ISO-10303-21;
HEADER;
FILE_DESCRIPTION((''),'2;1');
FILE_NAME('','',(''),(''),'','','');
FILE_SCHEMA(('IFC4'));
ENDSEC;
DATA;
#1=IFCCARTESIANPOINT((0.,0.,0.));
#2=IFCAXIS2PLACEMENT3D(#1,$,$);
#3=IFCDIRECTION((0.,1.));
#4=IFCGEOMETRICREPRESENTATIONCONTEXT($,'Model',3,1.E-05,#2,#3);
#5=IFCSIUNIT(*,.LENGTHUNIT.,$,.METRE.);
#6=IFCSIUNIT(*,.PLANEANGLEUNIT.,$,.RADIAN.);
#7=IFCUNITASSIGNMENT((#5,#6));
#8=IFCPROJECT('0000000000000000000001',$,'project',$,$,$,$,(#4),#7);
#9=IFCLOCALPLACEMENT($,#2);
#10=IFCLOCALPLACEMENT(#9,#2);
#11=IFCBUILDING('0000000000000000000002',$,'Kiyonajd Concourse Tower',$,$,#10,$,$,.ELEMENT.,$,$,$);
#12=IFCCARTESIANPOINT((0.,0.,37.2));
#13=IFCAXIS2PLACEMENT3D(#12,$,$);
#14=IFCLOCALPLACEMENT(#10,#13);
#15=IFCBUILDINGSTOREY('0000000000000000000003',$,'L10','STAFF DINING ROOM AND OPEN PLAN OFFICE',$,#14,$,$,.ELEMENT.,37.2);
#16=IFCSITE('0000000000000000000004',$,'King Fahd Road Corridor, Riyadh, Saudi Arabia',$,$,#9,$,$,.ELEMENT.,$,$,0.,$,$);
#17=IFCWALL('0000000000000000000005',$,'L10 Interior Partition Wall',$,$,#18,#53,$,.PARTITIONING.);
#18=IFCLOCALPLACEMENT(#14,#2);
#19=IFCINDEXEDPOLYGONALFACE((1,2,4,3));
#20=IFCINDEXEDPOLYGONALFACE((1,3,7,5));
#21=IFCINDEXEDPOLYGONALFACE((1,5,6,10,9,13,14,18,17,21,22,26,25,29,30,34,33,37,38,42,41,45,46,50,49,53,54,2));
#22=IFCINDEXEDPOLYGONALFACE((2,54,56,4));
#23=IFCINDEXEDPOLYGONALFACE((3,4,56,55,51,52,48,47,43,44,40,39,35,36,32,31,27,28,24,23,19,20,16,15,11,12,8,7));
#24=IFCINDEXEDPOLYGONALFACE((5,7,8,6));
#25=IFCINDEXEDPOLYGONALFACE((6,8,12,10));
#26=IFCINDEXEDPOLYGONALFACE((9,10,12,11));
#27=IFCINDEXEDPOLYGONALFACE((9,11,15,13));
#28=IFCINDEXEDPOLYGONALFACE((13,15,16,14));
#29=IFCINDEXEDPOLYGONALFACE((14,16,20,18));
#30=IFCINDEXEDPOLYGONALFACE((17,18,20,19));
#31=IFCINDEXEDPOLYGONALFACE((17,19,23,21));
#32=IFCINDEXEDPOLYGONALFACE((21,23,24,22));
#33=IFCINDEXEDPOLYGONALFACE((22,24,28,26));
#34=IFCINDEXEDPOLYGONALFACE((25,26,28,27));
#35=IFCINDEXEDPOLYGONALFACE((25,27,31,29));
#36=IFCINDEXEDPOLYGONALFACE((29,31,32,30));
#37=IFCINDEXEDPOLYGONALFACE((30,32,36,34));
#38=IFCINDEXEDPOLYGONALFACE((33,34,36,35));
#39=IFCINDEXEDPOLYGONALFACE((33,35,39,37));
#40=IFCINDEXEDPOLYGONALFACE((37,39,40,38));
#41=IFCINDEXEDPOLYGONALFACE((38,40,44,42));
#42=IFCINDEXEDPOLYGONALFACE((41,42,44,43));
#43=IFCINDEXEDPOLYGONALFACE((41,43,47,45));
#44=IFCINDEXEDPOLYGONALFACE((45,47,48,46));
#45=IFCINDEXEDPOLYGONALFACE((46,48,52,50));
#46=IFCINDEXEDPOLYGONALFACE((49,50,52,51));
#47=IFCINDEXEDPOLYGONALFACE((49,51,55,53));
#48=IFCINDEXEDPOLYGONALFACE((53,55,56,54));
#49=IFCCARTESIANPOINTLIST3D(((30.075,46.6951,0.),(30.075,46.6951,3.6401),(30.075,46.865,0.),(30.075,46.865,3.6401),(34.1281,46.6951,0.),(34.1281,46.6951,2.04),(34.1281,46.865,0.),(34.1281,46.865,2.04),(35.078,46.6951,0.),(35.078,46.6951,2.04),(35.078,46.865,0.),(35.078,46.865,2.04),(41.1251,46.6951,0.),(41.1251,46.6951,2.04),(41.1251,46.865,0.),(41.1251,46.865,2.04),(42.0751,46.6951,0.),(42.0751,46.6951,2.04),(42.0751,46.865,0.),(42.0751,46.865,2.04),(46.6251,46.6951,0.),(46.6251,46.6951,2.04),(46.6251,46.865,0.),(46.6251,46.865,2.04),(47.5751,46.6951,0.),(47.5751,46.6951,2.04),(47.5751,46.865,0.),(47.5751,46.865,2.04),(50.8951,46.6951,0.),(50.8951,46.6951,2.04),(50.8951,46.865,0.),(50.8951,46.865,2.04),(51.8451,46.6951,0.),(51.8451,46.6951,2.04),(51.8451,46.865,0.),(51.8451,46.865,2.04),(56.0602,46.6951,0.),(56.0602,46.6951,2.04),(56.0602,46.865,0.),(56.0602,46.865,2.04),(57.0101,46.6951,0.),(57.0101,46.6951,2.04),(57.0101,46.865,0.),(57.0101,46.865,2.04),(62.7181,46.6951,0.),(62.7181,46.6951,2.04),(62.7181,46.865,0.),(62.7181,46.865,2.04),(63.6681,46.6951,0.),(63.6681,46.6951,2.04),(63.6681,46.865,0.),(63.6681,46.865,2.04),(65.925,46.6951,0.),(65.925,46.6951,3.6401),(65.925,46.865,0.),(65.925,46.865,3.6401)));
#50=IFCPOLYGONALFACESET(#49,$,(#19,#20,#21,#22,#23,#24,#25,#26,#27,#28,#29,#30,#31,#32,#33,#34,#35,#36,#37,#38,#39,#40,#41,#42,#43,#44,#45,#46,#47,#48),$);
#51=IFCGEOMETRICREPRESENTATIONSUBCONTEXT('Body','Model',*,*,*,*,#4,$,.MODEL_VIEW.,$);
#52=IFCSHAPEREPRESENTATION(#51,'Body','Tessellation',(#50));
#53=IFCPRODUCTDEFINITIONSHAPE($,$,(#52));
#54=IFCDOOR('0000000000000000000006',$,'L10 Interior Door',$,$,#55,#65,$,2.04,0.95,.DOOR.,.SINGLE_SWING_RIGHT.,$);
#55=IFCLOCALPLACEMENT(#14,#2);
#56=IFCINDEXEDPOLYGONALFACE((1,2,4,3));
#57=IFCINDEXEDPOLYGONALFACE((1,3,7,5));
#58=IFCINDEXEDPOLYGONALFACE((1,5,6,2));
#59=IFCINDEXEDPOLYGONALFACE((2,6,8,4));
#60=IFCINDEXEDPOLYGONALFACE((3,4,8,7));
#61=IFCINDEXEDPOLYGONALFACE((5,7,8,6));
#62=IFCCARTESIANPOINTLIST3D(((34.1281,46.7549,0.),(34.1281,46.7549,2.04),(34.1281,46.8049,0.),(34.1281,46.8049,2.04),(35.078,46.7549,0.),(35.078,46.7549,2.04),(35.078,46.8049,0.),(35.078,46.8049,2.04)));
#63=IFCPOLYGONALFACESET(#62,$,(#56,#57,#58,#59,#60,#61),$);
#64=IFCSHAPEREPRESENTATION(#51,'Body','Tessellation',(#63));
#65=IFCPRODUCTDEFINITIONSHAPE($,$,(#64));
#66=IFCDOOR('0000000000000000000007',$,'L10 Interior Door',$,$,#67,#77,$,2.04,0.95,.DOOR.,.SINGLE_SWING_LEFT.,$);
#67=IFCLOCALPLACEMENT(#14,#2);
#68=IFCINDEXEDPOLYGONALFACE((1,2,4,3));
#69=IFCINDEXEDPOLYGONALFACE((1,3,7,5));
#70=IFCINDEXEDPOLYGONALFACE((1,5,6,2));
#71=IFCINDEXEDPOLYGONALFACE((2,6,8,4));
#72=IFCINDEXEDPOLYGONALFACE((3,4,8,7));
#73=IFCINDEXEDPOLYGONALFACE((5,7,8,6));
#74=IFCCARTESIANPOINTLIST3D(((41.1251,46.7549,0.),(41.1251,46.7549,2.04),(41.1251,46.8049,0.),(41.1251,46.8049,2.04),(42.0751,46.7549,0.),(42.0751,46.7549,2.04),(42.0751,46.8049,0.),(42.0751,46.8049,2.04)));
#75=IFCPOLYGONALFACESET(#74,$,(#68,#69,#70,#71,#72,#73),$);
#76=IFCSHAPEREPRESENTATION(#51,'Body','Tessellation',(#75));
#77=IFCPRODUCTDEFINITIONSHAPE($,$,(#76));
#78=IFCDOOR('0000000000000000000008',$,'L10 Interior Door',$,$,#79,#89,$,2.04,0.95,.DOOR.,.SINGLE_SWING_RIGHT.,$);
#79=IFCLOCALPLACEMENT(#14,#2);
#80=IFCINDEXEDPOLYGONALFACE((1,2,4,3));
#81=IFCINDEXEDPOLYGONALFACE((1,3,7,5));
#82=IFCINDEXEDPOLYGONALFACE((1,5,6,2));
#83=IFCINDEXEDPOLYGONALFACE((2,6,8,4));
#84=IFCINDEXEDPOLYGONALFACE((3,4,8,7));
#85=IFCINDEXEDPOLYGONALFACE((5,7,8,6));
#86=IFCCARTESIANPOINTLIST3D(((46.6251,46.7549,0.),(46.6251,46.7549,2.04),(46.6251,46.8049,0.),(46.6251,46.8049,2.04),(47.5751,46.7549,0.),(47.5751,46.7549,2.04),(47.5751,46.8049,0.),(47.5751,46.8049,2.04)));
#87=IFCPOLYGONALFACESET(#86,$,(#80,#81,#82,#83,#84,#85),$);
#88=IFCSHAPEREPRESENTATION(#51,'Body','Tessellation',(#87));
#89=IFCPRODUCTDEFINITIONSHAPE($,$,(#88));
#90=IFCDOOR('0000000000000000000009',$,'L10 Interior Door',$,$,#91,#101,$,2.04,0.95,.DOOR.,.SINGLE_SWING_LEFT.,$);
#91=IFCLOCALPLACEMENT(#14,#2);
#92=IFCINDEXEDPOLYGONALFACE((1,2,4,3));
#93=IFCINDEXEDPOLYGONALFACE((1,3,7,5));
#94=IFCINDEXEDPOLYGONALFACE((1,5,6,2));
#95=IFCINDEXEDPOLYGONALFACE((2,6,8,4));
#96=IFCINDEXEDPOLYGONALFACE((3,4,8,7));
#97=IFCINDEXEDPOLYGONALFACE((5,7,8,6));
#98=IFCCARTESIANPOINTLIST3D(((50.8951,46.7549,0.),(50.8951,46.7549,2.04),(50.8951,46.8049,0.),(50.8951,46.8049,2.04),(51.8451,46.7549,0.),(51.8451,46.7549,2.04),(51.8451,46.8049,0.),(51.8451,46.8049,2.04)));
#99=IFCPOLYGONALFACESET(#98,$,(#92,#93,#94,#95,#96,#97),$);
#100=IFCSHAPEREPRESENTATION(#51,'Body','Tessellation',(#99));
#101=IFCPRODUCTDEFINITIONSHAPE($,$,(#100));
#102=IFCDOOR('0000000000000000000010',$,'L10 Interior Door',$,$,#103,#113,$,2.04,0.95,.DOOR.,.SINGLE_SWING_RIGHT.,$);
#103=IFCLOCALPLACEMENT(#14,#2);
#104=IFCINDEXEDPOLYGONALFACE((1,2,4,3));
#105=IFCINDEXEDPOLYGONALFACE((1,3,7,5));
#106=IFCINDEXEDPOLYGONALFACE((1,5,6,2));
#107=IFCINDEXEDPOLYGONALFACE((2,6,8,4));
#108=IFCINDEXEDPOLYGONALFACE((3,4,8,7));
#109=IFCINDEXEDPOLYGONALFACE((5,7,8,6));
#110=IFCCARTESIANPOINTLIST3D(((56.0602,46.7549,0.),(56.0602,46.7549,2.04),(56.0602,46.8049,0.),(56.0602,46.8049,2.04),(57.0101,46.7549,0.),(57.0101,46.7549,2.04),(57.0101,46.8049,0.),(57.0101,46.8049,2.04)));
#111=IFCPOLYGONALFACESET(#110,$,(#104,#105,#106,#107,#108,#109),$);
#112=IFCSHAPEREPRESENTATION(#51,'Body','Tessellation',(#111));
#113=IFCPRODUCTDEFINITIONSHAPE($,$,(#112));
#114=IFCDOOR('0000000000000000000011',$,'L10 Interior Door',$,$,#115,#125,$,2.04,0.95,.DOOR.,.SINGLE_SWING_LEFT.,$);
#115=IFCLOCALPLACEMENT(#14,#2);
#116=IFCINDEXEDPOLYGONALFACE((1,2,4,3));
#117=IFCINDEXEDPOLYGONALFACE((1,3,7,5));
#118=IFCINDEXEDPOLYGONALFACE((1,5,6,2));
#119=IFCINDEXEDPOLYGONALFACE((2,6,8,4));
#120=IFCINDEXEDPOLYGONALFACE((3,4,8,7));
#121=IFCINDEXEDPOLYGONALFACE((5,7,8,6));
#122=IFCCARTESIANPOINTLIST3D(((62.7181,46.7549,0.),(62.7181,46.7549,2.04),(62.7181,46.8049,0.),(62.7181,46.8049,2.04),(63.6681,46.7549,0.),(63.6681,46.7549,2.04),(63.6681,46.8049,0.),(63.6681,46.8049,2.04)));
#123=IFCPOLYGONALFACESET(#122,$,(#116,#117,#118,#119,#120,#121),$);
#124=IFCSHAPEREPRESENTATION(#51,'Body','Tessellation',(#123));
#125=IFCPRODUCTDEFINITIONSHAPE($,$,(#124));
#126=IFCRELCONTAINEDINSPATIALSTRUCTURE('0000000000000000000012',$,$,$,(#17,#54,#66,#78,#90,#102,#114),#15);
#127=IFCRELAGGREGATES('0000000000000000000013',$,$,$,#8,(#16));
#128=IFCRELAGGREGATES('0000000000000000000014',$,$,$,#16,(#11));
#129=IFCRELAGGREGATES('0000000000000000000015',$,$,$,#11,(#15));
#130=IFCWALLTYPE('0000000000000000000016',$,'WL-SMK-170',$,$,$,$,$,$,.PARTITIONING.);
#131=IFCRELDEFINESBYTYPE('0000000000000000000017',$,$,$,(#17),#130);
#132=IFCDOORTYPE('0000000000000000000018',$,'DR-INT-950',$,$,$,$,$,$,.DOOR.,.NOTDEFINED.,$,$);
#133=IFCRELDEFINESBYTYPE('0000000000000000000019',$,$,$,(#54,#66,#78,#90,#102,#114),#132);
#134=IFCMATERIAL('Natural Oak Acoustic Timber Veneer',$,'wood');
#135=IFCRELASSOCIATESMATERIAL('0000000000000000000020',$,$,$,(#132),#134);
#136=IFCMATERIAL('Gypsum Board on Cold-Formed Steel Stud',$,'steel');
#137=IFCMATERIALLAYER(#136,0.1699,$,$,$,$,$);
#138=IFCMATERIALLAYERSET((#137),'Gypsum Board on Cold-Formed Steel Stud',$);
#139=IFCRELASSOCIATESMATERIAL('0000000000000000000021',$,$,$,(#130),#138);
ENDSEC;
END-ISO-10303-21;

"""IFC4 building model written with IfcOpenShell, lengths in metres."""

from ifc_helpers import new_model, si_unit, direction, frame, frame_2d, origin, place, context, subcontext, project, spatial, rectangle, extrude, material, layer, layer_set, type_object, element, fill, save


model = new_model("IFC4")

# Units and contexts
model_context = context("Model", 3, precision=1e-05, world=origin(), true_north=direction((0.0, 1.0)))
body_context = subcontext(model_context, "Body", "Model", "MODEL_VIEW")
ifc_project = project(units=[si_unit("LENGTHUNIT", "METRE"), si_unit("PLANEANGLEUNIT", "RADIAN")], contexts=[model_context])

# Site, building, storey
site_placement = place(None, origin())
site = spatial("IfcSite", under=ifc_project, at=site_placement, Name="King Fahd Road Corridor, Riyadh, Saudi Arabia", CompositionType="ELEMENT", RefElevation=0.0)
building_placement = place(site_placement, origin())
building = spatial("IfcBuilding", under=site, at=building_placement, Name="Kiyonajd Concourse Tower", CompositionType="ELEMENT")
storey_placement = place(building_placement, frame((0.0, 0.0, 37.2)))
storey = spatial("IfcBuildingStorey", under=building, at=storey_placement, Name="L10", Description="STAFF DINING ROOM AND OPEN PLAN OFFICE", CompositionType="ELEMENT", Elevation=37.2)

# Shared definitions
ifc_material_1 = material(Name="Natural Oak Acoustic Timber Veneer", Category="wood")
door_type_1 = type_object("IfcDoorType", Name="DR-INT-950", OperationType="NOTDEFINED", PredefinedType="DOOR", material=ifc_material_1)

# Shared definitions
ifc_material_2 = material(Name="Gypsum Board on Cold-Formed Steel Stud", Category="steel")

# Wall, openings, doors
ifc_layer_1 = layer(ifc_material_2, 0.1699)
ifc_layer_set_1 = layer_set([ifc_layer_1], Name="Gypsum Board on Cold-Formed Steel Stud")
wall_type_1 = type_object("IfcWallType", Name="WL-SMK-170", PredefinedType="PARTITIONING", material=ifc_layer_set_1)
wall_1_placement = place(storey_placement, frame((30.075, 46.78, 0.0), z_axis=(0.0, 0.0, 1.0), x_axis=(1.0, 0.0, 0.0)))
wall_1 = element("IfcWall", 1, at=wall_1_placement, inside=storey, type_object=wall_type_1, Name="L10 Interior Partition Wall", PredefinedType="PARTITIONING", context=body_context, shape_type="SweptSolid", body=[
    extrude(rectangle(XDim=35.8501, YDim=0.1699, at=frame_2d((17.925, 0.0))), origin(), (0.0, 0.0, 1.0), 3.6401),
])
opening_1_placement = place(wall_1_placement, frame((4.053, 0.0, 0.0)))
opening_1 = element("IfcOpeningElement", 2, at=opening_1_placement, cuts=wall_1, PredefinedType="OPENING", context=body_context, shape_type="SweptSolid", body=[
    extrude(rectangle(XDim=0.95, YDim=2.04, at=frame_2d((0.4751, 1.02))), frame((0.0, 0.095, 0.0), z_axis=(0.0, -1.0, 0.0), x_axis=(1.0, 0.0, 0.0)), (0.0, 0.0, 1.0), 0.1899),
])
opening_2_placement = place(wall_1_placement, frame((11.05, 0.0, 0.0)))
opening_2 = element("IfcOpeningElement", 3, at=opening_2_placement, cuts=wall_1, PredefinedType="OPENING", context=body_context, shape_type="SweptSolid", body=[
    extrude(rectangle(XDim=0.95, YDim=2.04, at=frame_2d((0.4751, 1.02))), frame((0.0, 0.095, 0.0), z_axis=(0.0, -1.0, 0.0), x_axis=(1.0, 0.0, 0.0)), (0.0, 0.0, 1.0), 0.1899),
])
opening_3_placement = place(wall_1_placement, frame((16.55, 0.0, 0.0)))
opening_3 = element("IfcOpeningElement", 4, at=opening_3_placement, cuts=wall_1, PredefinedType="OPENING", context=body_context, shape_type="SweptSolid", body=[
    extrude(rectangle(XDim=0.95, YDim=2.04, at=frame_2d((0.4751, 1.02))), frame((0.0, 0.095, 0.0), z_axis=(0.0, -1.0, 0.0), x_axis=(1.0, 0.0, 0.0)), (0.0, 0.0, 1.0), 0.1899),
])
opening_4_placement = place(wall_1_placement, frame((20.8201, 0.0, 0.0)))
opening_4 = element("IfcOpeningElement", 5, at=opening_4_placement, cuts=wall_1, PredefinedType="OPENING", context=body_context, shape_type="SweptSolid", body=[
    extrude(rectangle(XDim=0.95, YDim=2.04, at=frame_2d((0.4751, 1.02))), frame((0.0, 0.095, 0.0), z_axis=(0.0, -1.0, 0.0), x_axis=(1.0, 0.0, 0.0)), (0.0, 0.0, 1.0), 0.1899),
])
opening_5_placement = place(wall_1_placement, frame((25.9851, 0.0, 0.0)))
opening_5 = element("IfcOpeningElement", 6, at=opening_5_placement, cuts=wall_1, PredefinedType="OPENING", context=body_context, shape_type="SweptSolid", body=[
    extrude(rectangle(XDim=0.95, YDim=2.04, at=frame_2d((0.4751, 1.02))), frame((0.0, 0.095, 0.0), z_axis=(0.0, -1.0, 0.0), x_axis=(1.0, 0.0, 0.0)), (0.0, 0.0, 1.0), 0.1899),
])
opening_6_placement = place(wall_1_placement, frame((32.6431, 0.0, 0.0)))
opening_6 = element("IfcOpeningElement", 7, at=opening_6_placement, cuts=wall_1, PredefinedType="OPENING", context=body_context, shape_type="SweptSolid", body=[
    extrude(rectangle(XDim=0.95, YDim=2.04, at=frame_2d((0.4751, 1.02))), frame((0.0, 0.095, 0.0), z_axis=(0.0, -1.0, 0.0), x_axis=(1.0, 0.0, 0.0)), (0.0, 0.0, 1.0), 0.1899),
])
door_1_placement = place(opening_1_placement, origin())
door_1 = element("IfcDoor", 8, at=door_1_placement, inside=storey, type_object=door_type_1, Name="L10 Interior Door", OperationType="SINGLE_SWING_RIGHT", OverallHeight=2.04, OverallWidth=0.95, PredefinedType="DOOR", context=body_context, shape_type="SweptSolid", body=[
    extrude(rectangle(XDim=0.95, YDim=2.04, at=frame_2d((0.4751, 1.02))), frame((0.0, 0.0249, 0.0), z_axis=(0.0, -1.0, 0.0), x_axis=(1.0, 0.0, 0.0)), (0.0, 0.0, 1.0), 0.05),
])
fill(opening_1, door_1)
door_2_placement = place(opening_2_placement, origin())
door_2 = element("IfcDoor", 9, at=door_2_placement, inside=storey, type_object=door_type_1, Name="L10 Interior Door", OperationType="SINGLE_SWING_LEFT", OverallHeight=2.04, OverallWidth=0.95, PredefinedType="DOOR", context=body_context, shape_type="SweptSolid", body=[
    extrude(rectangle(XDim=0.95, YDim=2.04, at=frame_2d((0.4751, 1.02))), frame((0.0, 0.0249, 0.0), z_axis=(0.0, -1.0, 0.0), x_axis=(1.0, 0.0, 0.0)), (0.0, 0.0, 1.0), 0.05),
])
fill(opening_2, door_2)
door_3_placement = place(opening_3_placement, origin())
door_3 = element("IfcDoor", 10, at=door_3_placement, inside=storey, type_object=door_type_1, Name="L10 Interior Door", OperationType="SINGLE_SWING_RIGHT", OverallHeight=2.04, OverallWidth=0.95, PredefinedType="DOOR", context=body_context, shape_type="SweptSolid", body=[
    extrude(rectangle(XDim=0.95, YDim=2.04, at=frame_2d((0.4751, 1.02))), frame((0.0, 0.0249, 0.0), z_axis=(0.0, -1.0, 0.0), x_axis=(1.0, 0.0, 0.0)), (0.0, 0.0, 1.0), 0.05),
])
fill(opening_3, door_3)
door_4_placement = place(opening_4_placement, origin())
door_4 = element("IfcDoor", 11, at=door_4_placement, inside=storey, type_object=door_type_1, Name="L10 Interior Door", OperationType="SINGLE_SWING_LEFT", OverallHeight=2.04, OverallWidth=0.95, PredefinedType="DOOR", context=body_context, shape_type="SweptSolid", body=[
    extrude(rectangle(XDim=0.95, YDim=2.04, at=frame_2d((0.4751, 1.02))), frame((0.0, 0.0249, 0.0), z_axis=(0.0, -1.0, 0.0), x_axis=(1.0, 0.0, 0.0)), (0.0, 0.0, 1.0), 0.05),
])
fill(opening_4, door_4)
door_5_placement = place(opening_5_placement, origin())
door_5 = element("IfcDoor", 12, at=door_5_placement, inside=storey, type_object=door_type_1, Name="L10 Interior Door", OperationType="SINGLE_SWING_RIGHT", OverallHeight=2.04, OverallWidth=0.95, PredefinedType="DOOR", context=body_context, shape_type="SweptSolid", body=[
    extrude(rectangle(XDim=0.95, YDim=2.04, at=frame_2d((0.4751, 1.02))), frame((0.0, 0.0249, 0.0), z_axis=(0.0, -1.0, 0.0), x_axis=(1.0, 0.0, 0.0)), (0.0, 0.0, 1.0), 0.05),
])
fill(opening_5, door_5)
door_6_placement = place(opening_6_placement, origin())
door_6 = element("IfcDoor", 13, at=door_6_placement, inside=storey, type_object=door_type_1, Name="L10 Interior Door", OperationType="SINGLE_SWING_LEFT", OverallHeight=2.04, OverallWidth=0.95, PredefinedType="DOOR", context=body_context, shape_type="SweptSolid", body=[
    extrude(rectangle(XDim=0.95, YDim=2.04, at=frame_2d((0.4751, 1.02))), frame((0.0, 0.0249, 0.0), z_axis=(0.0, -1.0, 0.0), x_axis=(1.0, 0.0, 0.0)), (0.0, 0.0, 1.0), 0.05),
])
fill(opening_6, door_6)

save(model, "model.ifc")
